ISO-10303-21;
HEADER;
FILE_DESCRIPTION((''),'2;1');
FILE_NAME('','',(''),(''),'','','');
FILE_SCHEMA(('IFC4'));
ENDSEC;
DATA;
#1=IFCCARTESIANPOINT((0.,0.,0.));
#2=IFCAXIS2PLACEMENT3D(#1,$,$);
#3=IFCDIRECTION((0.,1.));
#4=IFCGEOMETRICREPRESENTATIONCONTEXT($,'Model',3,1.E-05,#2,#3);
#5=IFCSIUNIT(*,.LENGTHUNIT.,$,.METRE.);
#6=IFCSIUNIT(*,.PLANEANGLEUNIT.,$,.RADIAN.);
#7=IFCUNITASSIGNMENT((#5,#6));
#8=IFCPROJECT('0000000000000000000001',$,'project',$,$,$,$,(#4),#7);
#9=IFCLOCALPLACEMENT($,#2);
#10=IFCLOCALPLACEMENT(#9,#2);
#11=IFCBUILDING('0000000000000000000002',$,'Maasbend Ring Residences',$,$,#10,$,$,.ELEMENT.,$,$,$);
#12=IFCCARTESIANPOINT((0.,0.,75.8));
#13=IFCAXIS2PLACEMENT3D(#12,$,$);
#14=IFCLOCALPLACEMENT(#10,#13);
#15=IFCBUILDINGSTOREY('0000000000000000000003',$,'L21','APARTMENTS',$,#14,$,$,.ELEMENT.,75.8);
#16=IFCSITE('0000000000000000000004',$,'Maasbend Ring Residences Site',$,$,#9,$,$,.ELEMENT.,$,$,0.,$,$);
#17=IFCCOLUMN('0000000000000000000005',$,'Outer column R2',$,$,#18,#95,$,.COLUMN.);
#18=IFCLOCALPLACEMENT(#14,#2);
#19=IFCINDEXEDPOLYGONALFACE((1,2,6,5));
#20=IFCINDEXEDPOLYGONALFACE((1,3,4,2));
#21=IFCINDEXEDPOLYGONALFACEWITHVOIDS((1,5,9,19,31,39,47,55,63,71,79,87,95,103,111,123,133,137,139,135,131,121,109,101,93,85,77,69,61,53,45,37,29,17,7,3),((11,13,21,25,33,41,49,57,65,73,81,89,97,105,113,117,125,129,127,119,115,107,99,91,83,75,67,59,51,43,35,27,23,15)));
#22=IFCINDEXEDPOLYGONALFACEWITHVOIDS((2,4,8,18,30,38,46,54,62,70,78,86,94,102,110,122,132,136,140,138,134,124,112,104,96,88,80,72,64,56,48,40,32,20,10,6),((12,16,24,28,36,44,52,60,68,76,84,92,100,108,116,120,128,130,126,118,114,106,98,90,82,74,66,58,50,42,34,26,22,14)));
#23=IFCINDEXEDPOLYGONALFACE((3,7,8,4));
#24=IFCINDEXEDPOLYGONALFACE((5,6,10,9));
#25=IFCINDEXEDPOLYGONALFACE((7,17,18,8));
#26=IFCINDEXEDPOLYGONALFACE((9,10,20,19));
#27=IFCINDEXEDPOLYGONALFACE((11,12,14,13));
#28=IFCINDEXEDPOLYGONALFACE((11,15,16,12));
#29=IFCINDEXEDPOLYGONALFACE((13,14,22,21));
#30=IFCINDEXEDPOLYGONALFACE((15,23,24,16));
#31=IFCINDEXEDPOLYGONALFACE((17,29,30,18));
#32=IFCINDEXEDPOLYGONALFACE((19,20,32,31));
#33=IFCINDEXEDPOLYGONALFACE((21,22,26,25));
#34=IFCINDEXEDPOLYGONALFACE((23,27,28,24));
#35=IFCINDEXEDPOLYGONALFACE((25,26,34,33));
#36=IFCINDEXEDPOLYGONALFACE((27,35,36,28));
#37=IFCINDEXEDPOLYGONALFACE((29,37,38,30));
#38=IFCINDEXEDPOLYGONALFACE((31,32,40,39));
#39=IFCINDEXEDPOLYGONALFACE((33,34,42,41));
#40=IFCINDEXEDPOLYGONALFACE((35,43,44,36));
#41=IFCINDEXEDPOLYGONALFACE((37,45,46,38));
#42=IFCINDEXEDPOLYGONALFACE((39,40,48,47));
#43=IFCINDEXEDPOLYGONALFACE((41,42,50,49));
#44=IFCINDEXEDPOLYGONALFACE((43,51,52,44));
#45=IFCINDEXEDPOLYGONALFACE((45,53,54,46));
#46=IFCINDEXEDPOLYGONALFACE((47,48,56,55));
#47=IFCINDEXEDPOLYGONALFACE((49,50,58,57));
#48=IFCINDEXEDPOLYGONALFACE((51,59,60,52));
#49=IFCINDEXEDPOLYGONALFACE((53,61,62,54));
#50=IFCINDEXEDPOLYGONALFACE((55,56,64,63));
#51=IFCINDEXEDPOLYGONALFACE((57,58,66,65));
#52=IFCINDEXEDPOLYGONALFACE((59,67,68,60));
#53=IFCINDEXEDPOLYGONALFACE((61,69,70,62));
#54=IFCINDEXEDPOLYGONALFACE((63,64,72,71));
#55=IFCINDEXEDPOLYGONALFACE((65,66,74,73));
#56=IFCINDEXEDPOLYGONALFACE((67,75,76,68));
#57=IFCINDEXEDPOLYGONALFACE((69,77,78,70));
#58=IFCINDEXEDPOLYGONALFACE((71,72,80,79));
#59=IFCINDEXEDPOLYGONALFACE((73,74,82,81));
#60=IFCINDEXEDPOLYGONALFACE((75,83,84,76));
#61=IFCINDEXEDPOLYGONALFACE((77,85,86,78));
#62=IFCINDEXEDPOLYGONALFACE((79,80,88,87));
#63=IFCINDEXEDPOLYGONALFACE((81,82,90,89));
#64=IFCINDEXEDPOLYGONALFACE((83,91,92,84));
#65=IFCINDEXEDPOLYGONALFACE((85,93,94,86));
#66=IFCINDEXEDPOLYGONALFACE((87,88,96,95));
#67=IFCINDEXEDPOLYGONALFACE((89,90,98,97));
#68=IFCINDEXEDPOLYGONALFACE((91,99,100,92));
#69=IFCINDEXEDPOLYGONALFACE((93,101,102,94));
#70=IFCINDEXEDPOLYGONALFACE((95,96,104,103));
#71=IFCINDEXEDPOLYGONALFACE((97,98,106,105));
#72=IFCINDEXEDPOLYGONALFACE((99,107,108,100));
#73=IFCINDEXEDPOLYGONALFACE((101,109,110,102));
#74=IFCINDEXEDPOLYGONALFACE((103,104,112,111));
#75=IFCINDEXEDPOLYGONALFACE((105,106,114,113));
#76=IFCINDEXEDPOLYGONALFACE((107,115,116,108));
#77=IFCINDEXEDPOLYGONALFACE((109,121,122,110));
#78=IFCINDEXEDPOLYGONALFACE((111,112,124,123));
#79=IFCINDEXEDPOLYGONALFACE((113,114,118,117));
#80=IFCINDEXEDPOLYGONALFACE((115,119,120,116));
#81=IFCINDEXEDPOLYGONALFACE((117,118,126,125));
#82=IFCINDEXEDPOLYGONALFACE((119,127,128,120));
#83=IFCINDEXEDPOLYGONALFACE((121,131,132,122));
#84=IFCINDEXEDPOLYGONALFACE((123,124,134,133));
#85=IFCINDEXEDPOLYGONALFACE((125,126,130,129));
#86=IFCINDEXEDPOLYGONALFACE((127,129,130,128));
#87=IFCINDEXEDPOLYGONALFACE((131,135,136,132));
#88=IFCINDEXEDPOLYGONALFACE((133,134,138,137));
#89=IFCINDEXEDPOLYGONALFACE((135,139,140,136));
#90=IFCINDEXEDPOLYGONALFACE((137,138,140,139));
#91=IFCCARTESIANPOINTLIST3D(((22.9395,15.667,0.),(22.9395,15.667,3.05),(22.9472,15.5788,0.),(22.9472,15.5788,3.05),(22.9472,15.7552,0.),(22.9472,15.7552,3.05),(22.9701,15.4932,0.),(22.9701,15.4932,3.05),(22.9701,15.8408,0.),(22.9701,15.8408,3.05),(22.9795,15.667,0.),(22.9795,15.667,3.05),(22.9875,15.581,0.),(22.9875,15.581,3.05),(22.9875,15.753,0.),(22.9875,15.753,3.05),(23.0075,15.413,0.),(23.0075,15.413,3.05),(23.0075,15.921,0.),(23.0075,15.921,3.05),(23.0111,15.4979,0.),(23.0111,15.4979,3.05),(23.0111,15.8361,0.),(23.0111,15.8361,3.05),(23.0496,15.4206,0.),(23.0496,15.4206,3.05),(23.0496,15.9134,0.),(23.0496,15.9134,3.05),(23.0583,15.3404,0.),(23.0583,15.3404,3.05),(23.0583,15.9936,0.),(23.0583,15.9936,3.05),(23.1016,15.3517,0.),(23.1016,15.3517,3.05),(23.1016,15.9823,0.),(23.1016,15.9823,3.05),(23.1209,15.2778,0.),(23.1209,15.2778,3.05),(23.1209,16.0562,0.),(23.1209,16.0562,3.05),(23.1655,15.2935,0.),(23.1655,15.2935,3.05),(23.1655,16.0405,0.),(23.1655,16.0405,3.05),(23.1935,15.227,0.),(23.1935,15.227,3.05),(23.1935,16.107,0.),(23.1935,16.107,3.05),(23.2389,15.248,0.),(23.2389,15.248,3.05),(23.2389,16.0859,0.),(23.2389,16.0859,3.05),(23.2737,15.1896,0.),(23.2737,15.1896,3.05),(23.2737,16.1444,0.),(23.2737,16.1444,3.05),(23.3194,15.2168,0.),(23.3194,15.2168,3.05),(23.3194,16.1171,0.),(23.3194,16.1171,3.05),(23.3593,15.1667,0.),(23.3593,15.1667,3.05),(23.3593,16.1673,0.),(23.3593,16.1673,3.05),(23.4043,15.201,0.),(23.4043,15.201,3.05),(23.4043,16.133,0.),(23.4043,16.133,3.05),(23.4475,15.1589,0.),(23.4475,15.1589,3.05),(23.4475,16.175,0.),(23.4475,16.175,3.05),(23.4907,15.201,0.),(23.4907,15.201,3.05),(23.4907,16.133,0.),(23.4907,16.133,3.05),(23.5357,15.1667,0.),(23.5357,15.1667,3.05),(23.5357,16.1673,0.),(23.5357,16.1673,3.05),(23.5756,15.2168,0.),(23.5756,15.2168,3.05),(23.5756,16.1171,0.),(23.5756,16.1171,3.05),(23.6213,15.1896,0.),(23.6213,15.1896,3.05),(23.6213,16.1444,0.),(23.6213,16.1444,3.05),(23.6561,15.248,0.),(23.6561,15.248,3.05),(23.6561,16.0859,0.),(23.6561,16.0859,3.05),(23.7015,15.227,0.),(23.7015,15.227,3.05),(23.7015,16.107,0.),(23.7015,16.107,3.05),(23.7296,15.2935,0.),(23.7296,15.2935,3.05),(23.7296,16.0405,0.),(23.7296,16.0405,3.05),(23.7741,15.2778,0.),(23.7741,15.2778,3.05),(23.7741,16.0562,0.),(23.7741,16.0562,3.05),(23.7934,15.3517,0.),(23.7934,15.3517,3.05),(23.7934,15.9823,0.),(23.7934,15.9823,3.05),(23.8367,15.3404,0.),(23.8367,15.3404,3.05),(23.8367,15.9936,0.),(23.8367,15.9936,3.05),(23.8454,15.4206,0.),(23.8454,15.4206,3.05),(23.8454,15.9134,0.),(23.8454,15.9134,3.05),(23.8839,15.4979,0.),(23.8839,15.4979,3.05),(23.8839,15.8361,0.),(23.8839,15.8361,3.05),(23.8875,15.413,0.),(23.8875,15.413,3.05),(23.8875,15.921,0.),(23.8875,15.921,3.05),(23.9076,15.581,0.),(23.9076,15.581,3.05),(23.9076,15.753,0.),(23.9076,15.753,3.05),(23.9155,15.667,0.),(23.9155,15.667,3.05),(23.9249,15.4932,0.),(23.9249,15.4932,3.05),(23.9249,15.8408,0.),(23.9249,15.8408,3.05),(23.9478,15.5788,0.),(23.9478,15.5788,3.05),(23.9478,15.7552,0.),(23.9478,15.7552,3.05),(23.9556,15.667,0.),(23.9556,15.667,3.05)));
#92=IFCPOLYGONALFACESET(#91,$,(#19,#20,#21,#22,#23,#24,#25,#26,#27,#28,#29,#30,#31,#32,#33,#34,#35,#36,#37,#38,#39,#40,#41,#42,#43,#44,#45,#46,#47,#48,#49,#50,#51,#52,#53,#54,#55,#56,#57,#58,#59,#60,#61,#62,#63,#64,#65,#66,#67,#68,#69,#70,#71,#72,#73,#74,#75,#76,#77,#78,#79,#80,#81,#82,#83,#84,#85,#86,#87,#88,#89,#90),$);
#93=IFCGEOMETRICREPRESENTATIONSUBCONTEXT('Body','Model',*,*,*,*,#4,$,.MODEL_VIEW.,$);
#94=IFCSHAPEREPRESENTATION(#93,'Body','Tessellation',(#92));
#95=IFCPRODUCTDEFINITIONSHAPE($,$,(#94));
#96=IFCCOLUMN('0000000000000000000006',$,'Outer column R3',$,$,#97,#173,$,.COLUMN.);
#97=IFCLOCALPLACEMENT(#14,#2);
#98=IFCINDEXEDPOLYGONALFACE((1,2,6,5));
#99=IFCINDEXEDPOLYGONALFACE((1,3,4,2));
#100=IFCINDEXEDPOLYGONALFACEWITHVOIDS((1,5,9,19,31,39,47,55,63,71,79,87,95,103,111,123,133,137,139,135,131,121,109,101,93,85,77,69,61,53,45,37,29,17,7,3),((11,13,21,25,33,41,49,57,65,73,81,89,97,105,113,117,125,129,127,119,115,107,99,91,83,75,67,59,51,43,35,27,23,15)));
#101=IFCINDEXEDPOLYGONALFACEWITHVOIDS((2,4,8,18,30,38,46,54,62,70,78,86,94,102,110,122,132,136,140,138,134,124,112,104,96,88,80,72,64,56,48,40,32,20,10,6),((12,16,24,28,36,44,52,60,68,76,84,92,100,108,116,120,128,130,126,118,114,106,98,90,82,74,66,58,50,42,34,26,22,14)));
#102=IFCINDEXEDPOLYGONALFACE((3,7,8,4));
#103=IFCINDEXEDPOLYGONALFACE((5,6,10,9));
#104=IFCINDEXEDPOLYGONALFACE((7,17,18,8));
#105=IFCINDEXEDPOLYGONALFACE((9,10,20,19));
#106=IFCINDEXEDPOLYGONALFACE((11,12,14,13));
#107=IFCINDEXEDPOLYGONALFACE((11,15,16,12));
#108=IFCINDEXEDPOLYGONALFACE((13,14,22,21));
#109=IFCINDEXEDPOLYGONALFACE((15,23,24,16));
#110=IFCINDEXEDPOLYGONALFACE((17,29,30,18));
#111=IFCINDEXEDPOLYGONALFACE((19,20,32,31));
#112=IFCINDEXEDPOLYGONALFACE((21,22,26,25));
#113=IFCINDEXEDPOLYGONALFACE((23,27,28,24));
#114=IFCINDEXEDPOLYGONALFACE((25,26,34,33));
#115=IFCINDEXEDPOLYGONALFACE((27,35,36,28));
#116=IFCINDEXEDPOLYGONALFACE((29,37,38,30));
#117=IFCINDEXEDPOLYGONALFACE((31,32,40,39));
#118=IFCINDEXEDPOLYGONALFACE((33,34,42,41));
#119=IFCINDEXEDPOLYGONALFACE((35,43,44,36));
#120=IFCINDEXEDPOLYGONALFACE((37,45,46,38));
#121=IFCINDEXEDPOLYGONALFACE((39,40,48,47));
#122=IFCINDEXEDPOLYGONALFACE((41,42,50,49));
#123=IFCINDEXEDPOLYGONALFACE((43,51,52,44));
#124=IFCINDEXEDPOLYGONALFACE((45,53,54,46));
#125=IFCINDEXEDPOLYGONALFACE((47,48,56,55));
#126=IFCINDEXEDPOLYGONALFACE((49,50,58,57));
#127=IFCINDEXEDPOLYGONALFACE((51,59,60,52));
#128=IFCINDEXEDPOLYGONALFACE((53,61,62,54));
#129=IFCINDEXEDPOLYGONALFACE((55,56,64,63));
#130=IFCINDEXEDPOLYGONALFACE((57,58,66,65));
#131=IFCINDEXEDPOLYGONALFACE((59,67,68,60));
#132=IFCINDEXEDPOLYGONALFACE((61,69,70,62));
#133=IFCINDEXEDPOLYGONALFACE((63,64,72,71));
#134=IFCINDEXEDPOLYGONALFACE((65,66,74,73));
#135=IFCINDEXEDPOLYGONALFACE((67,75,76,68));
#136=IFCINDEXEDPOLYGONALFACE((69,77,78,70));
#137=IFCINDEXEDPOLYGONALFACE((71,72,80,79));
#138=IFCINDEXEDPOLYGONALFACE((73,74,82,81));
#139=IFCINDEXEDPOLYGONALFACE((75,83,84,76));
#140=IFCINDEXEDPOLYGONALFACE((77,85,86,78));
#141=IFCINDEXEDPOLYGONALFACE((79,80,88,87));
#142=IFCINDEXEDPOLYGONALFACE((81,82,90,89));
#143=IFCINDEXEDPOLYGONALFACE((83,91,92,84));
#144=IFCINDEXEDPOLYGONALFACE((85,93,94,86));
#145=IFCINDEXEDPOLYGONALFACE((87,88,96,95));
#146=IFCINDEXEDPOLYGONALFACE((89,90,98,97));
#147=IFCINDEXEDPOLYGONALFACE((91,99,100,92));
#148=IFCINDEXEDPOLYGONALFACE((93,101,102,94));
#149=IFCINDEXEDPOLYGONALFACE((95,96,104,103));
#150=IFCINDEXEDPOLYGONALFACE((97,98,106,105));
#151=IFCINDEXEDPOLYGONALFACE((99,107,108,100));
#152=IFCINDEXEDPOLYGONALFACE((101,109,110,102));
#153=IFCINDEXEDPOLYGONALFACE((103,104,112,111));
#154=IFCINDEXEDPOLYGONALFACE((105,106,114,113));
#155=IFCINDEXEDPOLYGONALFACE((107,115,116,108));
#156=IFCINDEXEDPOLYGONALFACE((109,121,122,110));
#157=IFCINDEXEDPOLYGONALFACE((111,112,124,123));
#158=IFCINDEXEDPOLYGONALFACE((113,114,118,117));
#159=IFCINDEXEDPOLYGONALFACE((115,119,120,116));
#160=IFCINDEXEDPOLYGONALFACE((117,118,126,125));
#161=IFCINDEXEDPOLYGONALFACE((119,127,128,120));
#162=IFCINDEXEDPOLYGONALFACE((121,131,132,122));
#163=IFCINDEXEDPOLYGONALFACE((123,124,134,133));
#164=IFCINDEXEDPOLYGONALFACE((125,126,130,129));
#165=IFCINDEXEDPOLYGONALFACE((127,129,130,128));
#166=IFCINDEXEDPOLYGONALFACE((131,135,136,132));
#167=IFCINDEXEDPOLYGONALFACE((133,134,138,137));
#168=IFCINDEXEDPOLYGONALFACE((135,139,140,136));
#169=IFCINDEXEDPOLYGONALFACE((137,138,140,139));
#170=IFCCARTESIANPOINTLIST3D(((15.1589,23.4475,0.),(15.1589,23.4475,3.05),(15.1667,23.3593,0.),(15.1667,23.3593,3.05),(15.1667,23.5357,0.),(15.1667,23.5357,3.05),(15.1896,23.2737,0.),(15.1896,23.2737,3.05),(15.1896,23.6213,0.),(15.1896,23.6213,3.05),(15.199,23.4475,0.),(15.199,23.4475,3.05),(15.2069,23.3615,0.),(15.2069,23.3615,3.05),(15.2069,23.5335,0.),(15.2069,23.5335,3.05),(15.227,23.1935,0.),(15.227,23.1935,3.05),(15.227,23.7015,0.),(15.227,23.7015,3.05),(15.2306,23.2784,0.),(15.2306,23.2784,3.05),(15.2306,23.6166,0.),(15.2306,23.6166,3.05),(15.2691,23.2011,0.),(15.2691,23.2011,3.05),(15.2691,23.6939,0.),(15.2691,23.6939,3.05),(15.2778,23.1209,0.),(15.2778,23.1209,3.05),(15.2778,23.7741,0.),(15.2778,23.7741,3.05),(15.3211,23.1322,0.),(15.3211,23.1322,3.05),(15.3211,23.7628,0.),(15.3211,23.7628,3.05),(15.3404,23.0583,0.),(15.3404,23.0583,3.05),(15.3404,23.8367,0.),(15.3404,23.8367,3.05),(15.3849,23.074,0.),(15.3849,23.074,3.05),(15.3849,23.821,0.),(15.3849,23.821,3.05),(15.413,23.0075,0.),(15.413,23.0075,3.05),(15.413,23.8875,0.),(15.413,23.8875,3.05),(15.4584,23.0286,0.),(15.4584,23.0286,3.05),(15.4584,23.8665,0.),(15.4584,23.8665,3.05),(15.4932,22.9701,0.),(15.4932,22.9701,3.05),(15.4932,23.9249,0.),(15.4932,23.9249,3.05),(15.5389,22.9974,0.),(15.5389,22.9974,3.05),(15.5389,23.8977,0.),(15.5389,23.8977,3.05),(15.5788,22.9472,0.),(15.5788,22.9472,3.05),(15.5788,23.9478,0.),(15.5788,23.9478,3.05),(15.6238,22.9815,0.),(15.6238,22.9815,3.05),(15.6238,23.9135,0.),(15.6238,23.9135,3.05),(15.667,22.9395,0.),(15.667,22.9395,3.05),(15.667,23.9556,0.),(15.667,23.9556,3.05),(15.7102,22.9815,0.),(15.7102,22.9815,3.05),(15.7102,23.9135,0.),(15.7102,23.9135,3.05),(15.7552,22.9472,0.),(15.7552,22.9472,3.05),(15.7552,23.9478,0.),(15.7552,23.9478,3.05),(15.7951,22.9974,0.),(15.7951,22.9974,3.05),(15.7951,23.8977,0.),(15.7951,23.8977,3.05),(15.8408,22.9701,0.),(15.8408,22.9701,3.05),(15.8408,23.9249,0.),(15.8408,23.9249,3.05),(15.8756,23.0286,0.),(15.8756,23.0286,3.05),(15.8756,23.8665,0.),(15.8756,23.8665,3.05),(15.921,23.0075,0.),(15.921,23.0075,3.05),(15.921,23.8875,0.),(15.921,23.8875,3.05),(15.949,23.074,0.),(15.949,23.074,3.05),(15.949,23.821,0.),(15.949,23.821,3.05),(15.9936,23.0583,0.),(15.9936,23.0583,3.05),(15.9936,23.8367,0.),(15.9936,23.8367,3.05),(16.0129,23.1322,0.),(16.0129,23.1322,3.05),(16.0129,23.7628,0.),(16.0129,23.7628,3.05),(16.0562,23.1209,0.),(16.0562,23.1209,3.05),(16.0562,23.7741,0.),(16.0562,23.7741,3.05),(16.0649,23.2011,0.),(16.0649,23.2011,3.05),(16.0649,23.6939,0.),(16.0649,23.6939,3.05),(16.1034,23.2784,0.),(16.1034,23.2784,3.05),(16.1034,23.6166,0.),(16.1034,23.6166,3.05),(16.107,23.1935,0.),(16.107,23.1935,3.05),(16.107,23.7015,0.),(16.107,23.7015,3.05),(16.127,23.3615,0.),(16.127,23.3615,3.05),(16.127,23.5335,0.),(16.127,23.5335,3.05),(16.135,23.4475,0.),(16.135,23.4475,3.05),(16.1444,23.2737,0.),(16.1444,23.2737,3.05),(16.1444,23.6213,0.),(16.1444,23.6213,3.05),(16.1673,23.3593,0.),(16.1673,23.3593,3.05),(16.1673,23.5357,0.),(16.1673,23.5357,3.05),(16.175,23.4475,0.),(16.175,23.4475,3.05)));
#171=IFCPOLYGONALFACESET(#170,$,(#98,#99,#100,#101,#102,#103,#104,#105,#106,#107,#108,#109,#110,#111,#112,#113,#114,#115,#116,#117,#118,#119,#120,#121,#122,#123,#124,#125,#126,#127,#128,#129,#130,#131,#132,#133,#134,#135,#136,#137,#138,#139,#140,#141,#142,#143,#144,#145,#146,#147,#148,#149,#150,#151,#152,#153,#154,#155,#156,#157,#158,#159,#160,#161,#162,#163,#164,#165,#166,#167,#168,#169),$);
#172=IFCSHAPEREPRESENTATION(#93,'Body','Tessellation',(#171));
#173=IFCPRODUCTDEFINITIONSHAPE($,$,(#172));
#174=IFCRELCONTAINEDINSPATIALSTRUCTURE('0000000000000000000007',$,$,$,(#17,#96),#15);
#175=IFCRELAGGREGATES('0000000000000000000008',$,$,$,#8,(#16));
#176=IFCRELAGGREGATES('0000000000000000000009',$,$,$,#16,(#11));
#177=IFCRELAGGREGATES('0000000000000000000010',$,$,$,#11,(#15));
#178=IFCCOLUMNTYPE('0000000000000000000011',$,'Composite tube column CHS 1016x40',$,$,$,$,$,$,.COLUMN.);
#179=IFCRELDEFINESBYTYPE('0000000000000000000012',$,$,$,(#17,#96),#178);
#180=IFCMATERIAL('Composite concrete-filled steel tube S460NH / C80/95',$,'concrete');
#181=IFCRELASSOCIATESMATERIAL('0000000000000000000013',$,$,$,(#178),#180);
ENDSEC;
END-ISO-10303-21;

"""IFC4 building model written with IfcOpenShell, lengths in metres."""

from ifc_helpers import new_model, si_unit, direction, frame, origin, origin_2d, place, context, subcontext, project, spatial, hollow_circle, extrude, material, material_profile, profile_set, type_object, element, save


model = new_model("IFC4")

# Units and contexts
model_context = context("Model", 3, precision=1e-05, world=origin(), true_north=direction((0.0, 1.0)))
body_context = subcontext(model_context, "Body", "Model", "MODEL_VIEW")
ifc_project = project(units=[si_unit("LENGTHUNIT", "METRE"), si_unit("PLANEANGLEUNIT", "RADIAN")], contexts=[model_context])

# Site, building, storey
site_placement = place(None, origin())
site = spatial("IfcSite", under=ifc_project, at=site_placement, Name="Maasbend Ring Residences Site", CompositionType="ELEMENT", RefElevation=0.0)
building_placement = place(site_placement, origin())
building = spatial("IfcBuilding", under=site, at=building_placement, Name="Maasbend Ring Residences", CompositionType="ELEMENT")
storey_placement = place(building_placement, frame((0.0, 0.0, 75.8)))
storey = spatial("IfcBuildingStorey", under=building, at=storey_placement, Name="L21", Description="APARTMENTS", CompositionType="ELEMENT", Elevation=75.8)

# Columns
ifc_material_1 = material(Name="Composite concrete-filled steel tube S460NH / C80/95", Category="concrete")
ifc_material_profile_1 = material_profile(ifc_material_1, hollow_circle(Radius=0.5081, WallThickness=0.04, at=origin_2d()), Name="Composite tube column CHS 1016x40")
ifc_profile_set_1 = profile_set([ifc_material_profile_1], Name="Composite concrete-filled steel tube S460NH / C80/95")
column_type = type_object("IfcColumnType", Name="Composite tube column CHS 1016x40", PredefinedType="COLUMN", material=ifc_profile_set_1)
for number, where, z_axis, x_axis, name in (
    (1, (23.4475, 15.667, 0.0), (0.0, 0.0, 1.0), (1.0, 0.0, 0.0), "Outer column R2"),
    (2, (15.667, 23.4475, 0.0), (0.0, 0.0, 1.0), (1.0, 0.0, 0.0), "Outer column R3"),
):
    element("IfcColumn", number, at=place(storey_placement, frame(where, z_axis=z_axis, x_axis=x_axis)), inside=storey, type_object=column_type, Name=name, PredefinedType="COLUMN", context=body_context, shape_type="SweptSolid", body=[
        extrude(hollow_circle(Radius=0.5081, WallThickness=0.04, at=origin_2d()), origin(), (0.0, 0.0, 1.0), 3.05),
    ])

save(model, "model.ifc")
